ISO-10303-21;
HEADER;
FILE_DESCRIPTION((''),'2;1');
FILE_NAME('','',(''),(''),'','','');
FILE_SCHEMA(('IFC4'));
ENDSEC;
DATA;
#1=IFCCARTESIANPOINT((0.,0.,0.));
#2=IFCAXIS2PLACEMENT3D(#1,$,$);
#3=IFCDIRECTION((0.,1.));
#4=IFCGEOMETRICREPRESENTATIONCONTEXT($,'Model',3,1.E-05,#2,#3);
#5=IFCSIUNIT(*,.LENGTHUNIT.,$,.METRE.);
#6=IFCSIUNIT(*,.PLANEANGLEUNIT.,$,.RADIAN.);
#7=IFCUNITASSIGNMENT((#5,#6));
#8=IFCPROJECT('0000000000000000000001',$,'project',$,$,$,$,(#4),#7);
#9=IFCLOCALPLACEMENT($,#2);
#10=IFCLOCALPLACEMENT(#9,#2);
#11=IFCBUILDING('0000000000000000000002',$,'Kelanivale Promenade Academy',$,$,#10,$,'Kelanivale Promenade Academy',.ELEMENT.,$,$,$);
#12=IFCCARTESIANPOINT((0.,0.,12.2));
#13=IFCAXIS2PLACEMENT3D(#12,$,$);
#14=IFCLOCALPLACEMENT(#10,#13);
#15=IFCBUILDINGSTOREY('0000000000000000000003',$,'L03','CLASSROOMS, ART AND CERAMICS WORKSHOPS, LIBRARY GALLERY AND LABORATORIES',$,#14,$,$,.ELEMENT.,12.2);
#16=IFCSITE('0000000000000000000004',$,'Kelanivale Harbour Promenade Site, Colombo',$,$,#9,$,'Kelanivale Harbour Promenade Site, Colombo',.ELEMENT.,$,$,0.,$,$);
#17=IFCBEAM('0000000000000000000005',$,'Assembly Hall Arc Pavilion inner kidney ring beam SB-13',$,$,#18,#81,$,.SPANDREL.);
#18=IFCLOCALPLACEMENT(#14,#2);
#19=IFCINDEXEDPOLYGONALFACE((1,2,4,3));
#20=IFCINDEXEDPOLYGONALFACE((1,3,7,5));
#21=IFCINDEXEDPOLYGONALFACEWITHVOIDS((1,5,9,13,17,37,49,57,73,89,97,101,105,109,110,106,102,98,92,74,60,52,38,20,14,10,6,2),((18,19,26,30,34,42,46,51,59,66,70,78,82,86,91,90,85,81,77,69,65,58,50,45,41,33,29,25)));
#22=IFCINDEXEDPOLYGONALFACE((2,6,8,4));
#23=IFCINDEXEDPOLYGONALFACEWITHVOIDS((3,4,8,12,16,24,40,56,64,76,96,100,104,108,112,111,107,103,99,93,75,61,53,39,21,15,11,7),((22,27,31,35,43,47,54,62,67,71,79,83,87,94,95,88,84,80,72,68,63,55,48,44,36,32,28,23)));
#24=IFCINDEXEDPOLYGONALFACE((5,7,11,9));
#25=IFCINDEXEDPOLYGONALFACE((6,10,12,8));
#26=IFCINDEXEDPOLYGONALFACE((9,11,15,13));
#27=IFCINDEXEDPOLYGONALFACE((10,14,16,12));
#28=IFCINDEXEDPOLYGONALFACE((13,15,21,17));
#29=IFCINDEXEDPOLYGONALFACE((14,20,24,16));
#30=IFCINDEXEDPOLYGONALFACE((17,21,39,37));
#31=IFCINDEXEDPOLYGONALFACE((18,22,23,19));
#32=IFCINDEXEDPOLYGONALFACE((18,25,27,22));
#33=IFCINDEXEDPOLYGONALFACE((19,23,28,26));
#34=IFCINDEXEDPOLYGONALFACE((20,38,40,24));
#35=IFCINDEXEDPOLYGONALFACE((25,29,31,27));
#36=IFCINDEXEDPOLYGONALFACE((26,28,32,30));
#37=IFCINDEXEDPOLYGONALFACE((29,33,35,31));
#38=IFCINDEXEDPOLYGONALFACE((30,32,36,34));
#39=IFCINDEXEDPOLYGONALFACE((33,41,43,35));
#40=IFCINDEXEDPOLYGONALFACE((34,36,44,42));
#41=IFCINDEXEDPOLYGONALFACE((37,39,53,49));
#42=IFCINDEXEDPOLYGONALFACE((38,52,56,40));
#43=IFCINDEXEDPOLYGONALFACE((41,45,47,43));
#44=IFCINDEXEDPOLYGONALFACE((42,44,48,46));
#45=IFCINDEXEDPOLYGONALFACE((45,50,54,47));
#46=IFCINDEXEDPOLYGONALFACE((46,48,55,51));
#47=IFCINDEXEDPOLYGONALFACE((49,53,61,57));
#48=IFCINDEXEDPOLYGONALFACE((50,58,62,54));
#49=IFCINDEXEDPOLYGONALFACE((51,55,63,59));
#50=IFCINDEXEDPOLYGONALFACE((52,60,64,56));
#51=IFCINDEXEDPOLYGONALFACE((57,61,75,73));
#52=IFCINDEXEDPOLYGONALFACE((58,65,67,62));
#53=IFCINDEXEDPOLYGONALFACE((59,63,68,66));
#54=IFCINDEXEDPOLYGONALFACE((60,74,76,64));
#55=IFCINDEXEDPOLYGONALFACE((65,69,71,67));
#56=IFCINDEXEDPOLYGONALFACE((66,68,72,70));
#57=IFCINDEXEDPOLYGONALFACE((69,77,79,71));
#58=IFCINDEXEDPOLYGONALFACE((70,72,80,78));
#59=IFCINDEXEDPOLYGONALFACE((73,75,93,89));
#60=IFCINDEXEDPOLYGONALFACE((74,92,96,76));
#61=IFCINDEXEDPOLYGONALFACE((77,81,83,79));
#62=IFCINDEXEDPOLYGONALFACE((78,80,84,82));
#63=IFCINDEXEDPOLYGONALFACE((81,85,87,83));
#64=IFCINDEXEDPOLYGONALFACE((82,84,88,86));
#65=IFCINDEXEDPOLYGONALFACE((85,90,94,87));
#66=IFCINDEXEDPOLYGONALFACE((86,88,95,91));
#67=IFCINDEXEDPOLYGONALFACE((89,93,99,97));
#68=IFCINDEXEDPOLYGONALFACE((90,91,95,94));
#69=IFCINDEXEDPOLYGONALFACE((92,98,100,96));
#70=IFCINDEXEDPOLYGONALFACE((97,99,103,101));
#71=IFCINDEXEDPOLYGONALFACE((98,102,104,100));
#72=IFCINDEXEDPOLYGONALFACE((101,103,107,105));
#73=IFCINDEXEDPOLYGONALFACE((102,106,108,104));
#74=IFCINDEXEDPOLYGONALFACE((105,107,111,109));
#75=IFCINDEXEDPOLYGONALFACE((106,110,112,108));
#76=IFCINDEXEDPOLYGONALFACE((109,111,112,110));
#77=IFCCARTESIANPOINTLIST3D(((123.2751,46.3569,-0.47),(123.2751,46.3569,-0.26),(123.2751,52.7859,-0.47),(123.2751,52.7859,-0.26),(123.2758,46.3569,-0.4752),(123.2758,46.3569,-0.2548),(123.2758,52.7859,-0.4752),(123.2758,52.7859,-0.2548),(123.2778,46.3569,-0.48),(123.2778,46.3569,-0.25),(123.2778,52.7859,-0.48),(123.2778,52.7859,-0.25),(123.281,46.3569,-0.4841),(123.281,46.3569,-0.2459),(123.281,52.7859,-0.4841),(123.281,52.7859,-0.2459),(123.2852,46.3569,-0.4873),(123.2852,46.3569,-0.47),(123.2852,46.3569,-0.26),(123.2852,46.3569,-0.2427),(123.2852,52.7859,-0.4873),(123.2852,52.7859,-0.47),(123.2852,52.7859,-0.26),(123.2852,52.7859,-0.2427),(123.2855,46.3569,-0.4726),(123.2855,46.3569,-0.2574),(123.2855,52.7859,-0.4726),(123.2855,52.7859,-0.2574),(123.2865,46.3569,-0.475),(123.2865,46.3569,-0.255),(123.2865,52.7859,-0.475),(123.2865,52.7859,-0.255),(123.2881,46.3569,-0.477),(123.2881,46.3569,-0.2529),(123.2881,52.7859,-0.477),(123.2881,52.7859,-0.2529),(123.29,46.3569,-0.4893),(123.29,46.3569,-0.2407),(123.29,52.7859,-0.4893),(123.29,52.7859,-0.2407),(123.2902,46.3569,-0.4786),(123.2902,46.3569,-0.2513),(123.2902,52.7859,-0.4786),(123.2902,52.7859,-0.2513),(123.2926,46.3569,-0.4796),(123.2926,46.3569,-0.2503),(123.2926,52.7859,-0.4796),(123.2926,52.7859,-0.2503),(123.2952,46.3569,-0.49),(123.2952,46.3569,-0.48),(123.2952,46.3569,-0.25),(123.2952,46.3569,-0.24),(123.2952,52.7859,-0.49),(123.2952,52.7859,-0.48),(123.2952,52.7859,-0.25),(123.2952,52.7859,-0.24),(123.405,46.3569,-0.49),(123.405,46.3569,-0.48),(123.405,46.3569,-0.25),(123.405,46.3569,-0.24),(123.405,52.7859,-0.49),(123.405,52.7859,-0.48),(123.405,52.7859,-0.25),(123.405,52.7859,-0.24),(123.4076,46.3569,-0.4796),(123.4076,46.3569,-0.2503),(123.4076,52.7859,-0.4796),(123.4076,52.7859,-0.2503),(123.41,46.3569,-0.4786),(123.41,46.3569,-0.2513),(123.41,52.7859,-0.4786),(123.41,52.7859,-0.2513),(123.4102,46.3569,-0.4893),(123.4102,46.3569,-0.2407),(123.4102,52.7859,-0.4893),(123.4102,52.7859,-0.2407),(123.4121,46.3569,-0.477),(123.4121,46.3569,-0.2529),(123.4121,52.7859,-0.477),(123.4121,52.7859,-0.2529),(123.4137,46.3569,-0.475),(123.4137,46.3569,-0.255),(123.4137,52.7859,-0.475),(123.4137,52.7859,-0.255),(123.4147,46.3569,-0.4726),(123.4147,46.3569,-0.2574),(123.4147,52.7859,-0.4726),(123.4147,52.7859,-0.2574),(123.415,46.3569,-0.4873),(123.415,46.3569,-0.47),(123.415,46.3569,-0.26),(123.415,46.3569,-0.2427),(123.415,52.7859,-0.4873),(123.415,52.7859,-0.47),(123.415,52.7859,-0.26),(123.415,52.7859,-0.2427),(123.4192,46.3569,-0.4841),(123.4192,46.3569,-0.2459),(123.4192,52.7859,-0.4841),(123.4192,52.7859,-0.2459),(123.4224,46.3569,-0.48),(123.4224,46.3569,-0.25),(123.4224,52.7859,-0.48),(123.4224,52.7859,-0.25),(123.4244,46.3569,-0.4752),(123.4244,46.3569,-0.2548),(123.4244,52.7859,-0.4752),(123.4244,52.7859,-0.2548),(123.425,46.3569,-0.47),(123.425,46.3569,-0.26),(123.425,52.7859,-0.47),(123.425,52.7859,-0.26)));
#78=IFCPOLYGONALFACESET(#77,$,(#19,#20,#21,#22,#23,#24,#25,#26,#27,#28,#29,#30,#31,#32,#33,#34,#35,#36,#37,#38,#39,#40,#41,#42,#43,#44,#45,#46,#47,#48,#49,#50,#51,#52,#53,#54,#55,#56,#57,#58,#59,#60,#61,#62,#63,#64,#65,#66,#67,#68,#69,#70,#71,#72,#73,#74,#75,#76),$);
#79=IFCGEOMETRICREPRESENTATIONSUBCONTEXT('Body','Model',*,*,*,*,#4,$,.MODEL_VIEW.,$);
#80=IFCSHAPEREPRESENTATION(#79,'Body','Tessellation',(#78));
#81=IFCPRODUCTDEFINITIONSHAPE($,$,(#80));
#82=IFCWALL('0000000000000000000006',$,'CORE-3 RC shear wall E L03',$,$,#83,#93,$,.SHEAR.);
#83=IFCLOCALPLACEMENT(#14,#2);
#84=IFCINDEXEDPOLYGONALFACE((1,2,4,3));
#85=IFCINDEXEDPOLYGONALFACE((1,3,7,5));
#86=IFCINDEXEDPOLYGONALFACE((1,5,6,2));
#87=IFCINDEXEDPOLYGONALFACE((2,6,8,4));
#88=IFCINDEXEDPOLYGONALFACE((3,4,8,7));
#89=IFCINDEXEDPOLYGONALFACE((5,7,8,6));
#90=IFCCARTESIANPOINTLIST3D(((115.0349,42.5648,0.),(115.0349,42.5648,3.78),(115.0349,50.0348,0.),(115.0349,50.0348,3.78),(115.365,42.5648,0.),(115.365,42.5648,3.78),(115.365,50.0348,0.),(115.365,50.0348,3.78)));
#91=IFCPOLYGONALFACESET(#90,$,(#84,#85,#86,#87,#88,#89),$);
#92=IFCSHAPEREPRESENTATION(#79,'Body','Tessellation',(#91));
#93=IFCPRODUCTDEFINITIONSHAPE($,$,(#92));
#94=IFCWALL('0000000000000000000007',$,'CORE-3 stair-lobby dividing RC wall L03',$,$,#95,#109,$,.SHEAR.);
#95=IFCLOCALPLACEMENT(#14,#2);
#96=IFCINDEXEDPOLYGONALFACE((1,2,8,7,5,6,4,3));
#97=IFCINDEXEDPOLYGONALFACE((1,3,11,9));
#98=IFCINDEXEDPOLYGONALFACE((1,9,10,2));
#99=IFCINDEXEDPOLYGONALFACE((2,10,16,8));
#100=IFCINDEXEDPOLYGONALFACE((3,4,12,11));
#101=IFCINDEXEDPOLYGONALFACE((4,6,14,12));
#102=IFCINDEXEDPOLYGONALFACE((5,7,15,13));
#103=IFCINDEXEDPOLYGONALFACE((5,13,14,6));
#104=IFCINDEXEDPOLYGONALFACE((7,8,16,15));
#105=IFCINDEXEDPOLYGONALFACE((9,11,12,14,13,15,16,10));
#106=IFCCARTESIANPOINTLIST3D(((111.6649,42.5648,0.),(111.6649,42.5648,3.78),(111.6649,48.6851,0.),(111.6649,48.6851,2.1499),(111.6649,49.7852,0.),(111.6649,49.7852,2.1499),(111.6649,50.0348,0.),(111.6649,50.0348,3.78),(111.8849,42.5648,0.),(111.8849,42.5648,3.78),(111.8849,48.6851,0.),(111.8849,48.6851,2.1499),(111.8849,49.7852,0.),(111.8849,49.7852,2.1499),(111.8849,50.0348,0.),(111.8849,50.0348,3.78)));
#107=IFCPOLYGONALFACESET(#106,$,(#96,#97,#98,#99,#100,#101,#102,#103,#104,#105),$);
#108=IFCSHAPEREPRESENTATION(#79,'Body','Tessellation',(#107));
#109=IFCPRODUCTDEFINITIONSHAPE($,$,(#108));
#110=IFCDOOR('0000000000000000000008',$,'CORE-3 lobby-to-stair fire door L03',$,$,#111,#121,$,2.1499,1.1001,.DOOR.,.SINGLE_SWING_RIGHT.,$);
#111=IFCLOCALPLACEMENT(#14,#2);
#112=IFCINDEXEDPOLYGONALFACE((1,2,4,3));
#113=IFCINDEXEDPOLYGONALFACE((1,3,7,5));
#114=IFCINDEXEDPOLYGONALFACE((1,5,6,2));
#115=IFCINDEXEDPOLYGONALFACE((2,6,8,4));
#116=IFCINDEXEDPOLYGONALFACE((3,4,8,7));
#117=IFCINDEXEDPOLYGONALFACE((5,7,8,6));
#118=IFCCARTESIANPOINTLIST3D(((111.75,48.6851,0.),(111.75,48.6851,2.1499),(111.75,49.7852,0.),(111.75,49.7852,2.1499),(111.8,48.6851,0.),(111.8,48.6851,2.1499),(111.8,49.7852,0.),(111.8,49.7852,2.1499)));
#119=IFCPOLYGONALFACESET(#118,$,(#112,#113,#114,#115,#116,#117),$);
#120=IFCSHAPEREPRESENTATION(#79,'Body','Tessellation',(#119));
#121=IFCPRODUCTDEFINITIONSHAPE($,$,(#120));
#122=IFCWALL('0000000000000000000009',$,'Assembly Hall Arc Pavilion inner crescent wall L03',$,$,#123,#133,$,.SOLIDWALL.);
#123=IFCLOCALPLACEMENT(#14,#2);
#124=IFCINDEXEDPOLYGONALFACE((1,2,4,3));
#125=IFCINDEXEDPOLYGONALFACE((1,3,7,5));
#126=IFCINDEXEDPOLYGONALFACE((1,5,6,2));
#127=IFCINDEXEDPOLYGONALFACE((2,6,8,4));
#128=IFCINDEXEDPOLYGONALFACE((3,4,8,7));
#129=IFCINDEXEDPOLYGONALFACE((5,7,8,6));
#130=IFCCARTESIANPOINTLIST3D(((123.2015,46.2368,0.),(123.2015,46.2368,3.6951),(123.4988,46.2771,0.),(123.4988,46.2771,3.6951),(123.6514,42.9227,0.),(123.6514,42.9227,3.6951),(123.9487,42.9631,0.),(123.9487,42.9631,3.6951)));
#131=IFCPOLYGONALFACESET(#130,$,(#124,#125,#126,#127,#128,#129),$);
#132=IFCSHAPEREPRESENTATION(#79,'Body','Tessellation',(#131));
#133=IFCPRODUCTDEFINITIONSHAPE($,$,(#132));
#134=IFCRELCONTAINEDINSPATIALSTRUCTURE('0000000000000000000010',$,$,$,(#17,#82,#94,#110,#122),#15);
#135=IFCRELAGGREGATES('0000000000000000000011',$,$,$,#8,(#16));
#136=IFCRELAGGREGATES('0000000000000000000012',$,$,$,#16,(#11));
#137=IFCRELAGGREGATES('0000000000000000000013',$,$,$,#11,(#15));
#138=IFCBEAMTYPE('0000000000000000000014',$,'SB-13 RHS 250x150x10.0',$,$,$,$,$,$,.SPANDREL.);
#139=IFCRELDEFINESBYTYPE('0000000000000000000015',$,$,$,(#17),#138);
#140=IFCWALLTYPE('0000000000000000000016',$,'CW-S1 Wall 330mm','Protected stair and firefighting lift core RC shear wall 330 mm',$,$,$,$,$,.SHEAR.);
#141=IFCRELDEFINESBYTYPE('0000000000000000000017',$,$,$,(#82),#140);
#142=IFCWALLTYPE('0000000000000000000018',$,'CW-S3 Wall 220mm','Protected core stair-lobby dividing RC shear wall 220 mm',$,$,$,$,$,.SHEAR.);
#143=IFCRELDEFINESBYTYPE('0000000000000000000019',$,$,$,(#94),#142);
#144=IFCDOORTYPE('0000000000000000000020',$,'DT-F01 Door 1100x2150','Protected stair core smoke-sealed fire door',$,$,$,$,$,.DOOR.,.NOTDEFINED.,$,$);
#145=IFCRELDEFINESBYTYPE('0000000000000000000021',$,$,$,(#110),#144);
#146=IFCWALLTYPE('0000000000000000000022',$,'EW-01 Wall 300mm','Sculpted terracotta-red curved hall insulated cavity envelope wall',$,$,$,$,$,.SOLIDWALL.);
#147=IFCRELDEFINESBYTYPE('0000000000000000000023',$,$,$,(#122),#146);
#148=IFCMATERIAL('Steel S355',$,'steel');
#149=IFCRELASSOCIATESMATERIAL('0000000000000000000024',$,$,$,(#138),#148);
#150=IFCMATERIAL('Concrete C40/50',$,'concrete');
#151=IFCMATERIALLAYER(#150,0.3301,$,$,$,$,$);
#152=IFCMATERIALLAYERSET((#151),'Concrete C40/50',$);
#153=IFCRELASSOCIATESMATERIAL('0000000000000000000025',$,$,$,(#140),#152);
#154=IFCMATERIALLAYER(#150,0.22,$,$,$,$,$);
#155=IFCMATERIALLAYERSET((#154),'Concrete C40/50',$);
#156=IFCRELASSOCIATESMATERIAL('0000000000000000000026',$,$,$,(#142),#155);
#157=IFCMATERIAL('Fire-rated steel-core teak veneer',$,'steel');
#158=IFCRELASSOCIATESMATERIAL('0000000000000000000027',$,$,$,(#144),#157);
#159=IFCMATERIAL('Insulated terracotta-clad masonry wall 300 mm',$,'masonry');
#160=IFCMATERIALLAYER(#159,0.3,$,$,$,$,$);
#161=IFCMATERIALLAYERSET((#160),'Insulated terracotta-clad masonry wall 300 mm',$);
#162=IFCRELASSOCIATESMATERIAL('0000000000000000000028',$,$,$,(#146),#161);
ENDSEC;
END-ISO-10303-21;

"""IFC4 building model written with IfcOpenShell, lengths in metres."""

from ifc_helpers import new_model, si_unit, direction, frame, frame_2d, origin, origin_2d, place, context, subcontext, project, spatial, rectangle, hollow_rectangle, extrude, material, layer, layer_set, material_profile, profile_set, type_object, element, fill, save


model = new_model("IFC4")

# Units and contexts
model_context = context("Model", 3, precision=1e-05, world=origin(), true_north=direction((0.0, 1.0)))
body_context = subcontext(model_context, "Body", "Model", "MODEL_VIEW")
ifc_project = project(units=[si_unit("LENGTHUNIT", "METRE"), si_unit("PLANEANGLEUNIT", "RADIAN")], contexts=[model_context])

# Site, building, storey
site_placement = place(None, origin())
site = spatial("IfcSite", under=ifc_project, at=site_placement, Name="Kelanivale Harbour Promenade Site, Colombo", LongName="Kelanivale Harbour Promenade Site, Colombo", CompositionType="ELEMENT", RefElevation=0.0)
building_placement = place(site_placement, origin())
building = spatial("IfcBuilding", under=site, at=building_placement, Name="Kelanivale Promenade Academy", LongName="Kelanivale Promenade Academy", CompositionType="ELEMENT")
storey_placement = place(building_placement, frame((0.0, 0.0, 12.2)))
storey = spatial("IfcBuildingStorey", under=building, at=storey_placement, Name="L03", Description="CLASSROOMS, ART AND CERAMICS WORKSHOPS, LIBRARY GALLERY AND LABORATORIES", CompositionType="ELEMENT", Elevation=12.2)

# Shared definitions
ifc_material_1 = material(Name="Concrete C40/50", Category="concrete")
ifc_material_2 = material(Name="Steel S355", Category="steel")

# Beam
ifc_material_profile_1 = material_profile(ifc_material_2, hollow_rectangle(XDim=0.1499, YDim=0.25, WallThickness=0.01, InnerFilletRadius=0.01, OuterFilletRadius=0.02, at=origin_2d()), Name="RHS 250x150x10.0")
ifc_profile_set_1 = profile_set([ifc_material_profile_1], Name="Steel S355")
beam_type_1 = type_object("IfcBeamType", Name="SB-13 RHS 250x150x10.0", PredefinedType="SPANDREL", material=ifc_profile_set_1)
beam_1_placement = place(storey_placement, frame((123.3501, 46.3569, -0.365), z_axis=(0.0, 1.0, 0.0), x_axis=(-1.0, 0.0, 0.0)))
element("IfcBeam", 1, at=beam_1_placement, inside=storey, type_object=beam_type_1, Name="Assembly Hall Arc Pavilion inner kidney ring beam SB-13", PredefinedType="SPANDREL", context=body_context, shape_type="SweptSolid", body=[
    extrude(hollow_rectangle(XDim=0.1499, YDim=0.25, WallThickness=0.01, InnerFilletRadius=0.01, OuterFilletRadius=0.02, at=origin_2d()), origin(), (0.0, 0.0, 1.0), 6.429),
])

# Wall
ifc_layer_1 = layer(ifc_material_1, 0.3301)
ifc_layer_set_1 = layer_set([ifc_layer_1], Name="Concrete C40/50")
wall_type_1 = type_object("IfcWallType", Name="CW-S1 Wall 330mm", Description="Protected stair and firefighting lift core RC shear wall 330 mm", PredefinedType="SHEAR", material=ifc_layer_set_1)
wall_1_placement = place(storey_placement, frame((115.2, 42.5649, 0.0), z_axis=(0.0, 0.0, 1.0), x_axis=(0.0, 1.0, 0.0)))
element("IfcWall", 2, at=wall_1_placement, inside=storey, type_object=wall_type_1, Name="CORE-3 RC shear wall E L03", PredefinedType="SHEAR", context=body_context, shape_type="SweptSolid", body=[
    extrude(rectangle(XDim=7.47, YDim=0.3301, at=frame_2d((3.7349, 0.0))), origin(), (0.0, 0.0, 1.0), 3.78),
])

# Wall, opening, door
ifc_material_3 = material(Name="Fire-rated steel-core teak veneer", Category="steel")
ifc_layer_2 = layer(ifc_material_1, 0.22)
ifc_layer_set_2 = layer_set([ifc_layer_2], Name="Concrete C40/50")
wall_type_2 = type_object("IfcWallType", Name="CW-S3 Wall 220mm", Description="Protected core stair-lobby dividing RC shear wall 220 mm", PredefinedType="SHEAR", material=ifc_layer_set_2)
wall_2_placement = place(storey_placement, frame((111.7749, 42.5649, 0.0), z_axis=(0.0, 0.0, 1.0), x_axis=(0.0, 1.0, 0.0)))
wall_2 = element("IfcWall", 3, at=wall_2_placement, inside=storey, type_object=wall_type_2, Name="CORE-3 stair-lobby dividing RC wall L03", PredefinedType="SHEAR", context=body_context, shape_type="SweptSolid", body=[
    extrude(rectangle(XDim=7.47, YDim=0.22, at=frame_2d((3.7349, 0.0))), origin(), (0.0, 0.0, 1.0), 3.78),
])
opening_1_placement = place(wall_2_placement, frame((6.1201, 0.0, 0.0)))
opening_1 = element("IfcOpeningElement", 4, at=opening_1_placement, cuts=wall_2, PredefinedType="OPENING", context=body_context, shape_type="SweptSolid", body=[
    extrude(rectangle(XDim=1.1001, YDim=2.1499, at=frame_2d((0.55, 1.075))), frame((0.0, 0.1201, 0.0), z_axis=(0.0, -1.0, 0.0), x_axis=(1.0, 0.0, 0.0)), (0.0, 0.0, 1.0), 0.24),
])
door_type_1 = type_object("IfcDoorType", Name="DT-F01 Door 1100x2150", Description="Protected stair core smoke-sealed fire door", OperationType="NOTDEFINED", PredefinedType="DOOR", material=ifc_material_3)
door_1_placement = place(opening_1_placement, origin())
door_1 = element("IfcDoor", 5, at=door_1_placement, inside=storey, type_object=door_type_1, Name="CORE-3 lobby-to-stair fire door L03", OperationType="SINGLE_SWING_RIGHT", OverallHeight=2.1499, OverallWidth=1.1001, PredefinedType="DOOR", context=body_context, shape_type="SweptSolid", body=[
    extrude(rectangle(XDim=1.1001, YDim=2.1499, at=frame_2d((0.55, 1.075))), frame((0.0, 0.0249, 0.0), z_axis=(0.0, -1.0, 0.0), x_axis=(1.0, 0.0, 0.0)), (0.0, 0.0, 1.0), 0.05),
])
fill(opening_1, door_1)

# Wall
ifc_material_4 = material(Name="Insulated terracotta-clad masonry wall 300 mm", Category="masonry")
ifc_layer_3 = layer(ifc_material_4, 0.3)
ifc_layer_set_3 = layer_set([ifc_layer_3], Name="Insulated terracotta-clad masonry wall 300 mm")
wall_type_3 = type_object("IfcWallType", Name="EW-01 Wall 300mm", Description="Sculpted terracotta-red curved hall insulated cavity envelope wall", PredefinedType="SOLIDWALL", material=ifc_layer_set_3)
wall_3_placement = place(storey_placement, frame((123.3501, 46.2571, 0.0), z_axis=(0.0, 0.0, 1.0), x_axis=(0.13454, -0.990908, 0.0)))
element("IfcWall", 6, at=wall_3_placement, inside=storey, type_object=wall_type_3, Name="Assembly Hall Arc Pavilion inner crescent wall L03", PredefinedType="SOLIDWALL", context=body_context, shape_type="SweptSolid", body=[
    extrude(rectangle(XDim=3.3445, YDim=0.3, at=frame_2d((1.6724, 0.0))), origin(), (0.0, 0.0, 1.0), 3.6951),
])

save(model, "model.ifc")
